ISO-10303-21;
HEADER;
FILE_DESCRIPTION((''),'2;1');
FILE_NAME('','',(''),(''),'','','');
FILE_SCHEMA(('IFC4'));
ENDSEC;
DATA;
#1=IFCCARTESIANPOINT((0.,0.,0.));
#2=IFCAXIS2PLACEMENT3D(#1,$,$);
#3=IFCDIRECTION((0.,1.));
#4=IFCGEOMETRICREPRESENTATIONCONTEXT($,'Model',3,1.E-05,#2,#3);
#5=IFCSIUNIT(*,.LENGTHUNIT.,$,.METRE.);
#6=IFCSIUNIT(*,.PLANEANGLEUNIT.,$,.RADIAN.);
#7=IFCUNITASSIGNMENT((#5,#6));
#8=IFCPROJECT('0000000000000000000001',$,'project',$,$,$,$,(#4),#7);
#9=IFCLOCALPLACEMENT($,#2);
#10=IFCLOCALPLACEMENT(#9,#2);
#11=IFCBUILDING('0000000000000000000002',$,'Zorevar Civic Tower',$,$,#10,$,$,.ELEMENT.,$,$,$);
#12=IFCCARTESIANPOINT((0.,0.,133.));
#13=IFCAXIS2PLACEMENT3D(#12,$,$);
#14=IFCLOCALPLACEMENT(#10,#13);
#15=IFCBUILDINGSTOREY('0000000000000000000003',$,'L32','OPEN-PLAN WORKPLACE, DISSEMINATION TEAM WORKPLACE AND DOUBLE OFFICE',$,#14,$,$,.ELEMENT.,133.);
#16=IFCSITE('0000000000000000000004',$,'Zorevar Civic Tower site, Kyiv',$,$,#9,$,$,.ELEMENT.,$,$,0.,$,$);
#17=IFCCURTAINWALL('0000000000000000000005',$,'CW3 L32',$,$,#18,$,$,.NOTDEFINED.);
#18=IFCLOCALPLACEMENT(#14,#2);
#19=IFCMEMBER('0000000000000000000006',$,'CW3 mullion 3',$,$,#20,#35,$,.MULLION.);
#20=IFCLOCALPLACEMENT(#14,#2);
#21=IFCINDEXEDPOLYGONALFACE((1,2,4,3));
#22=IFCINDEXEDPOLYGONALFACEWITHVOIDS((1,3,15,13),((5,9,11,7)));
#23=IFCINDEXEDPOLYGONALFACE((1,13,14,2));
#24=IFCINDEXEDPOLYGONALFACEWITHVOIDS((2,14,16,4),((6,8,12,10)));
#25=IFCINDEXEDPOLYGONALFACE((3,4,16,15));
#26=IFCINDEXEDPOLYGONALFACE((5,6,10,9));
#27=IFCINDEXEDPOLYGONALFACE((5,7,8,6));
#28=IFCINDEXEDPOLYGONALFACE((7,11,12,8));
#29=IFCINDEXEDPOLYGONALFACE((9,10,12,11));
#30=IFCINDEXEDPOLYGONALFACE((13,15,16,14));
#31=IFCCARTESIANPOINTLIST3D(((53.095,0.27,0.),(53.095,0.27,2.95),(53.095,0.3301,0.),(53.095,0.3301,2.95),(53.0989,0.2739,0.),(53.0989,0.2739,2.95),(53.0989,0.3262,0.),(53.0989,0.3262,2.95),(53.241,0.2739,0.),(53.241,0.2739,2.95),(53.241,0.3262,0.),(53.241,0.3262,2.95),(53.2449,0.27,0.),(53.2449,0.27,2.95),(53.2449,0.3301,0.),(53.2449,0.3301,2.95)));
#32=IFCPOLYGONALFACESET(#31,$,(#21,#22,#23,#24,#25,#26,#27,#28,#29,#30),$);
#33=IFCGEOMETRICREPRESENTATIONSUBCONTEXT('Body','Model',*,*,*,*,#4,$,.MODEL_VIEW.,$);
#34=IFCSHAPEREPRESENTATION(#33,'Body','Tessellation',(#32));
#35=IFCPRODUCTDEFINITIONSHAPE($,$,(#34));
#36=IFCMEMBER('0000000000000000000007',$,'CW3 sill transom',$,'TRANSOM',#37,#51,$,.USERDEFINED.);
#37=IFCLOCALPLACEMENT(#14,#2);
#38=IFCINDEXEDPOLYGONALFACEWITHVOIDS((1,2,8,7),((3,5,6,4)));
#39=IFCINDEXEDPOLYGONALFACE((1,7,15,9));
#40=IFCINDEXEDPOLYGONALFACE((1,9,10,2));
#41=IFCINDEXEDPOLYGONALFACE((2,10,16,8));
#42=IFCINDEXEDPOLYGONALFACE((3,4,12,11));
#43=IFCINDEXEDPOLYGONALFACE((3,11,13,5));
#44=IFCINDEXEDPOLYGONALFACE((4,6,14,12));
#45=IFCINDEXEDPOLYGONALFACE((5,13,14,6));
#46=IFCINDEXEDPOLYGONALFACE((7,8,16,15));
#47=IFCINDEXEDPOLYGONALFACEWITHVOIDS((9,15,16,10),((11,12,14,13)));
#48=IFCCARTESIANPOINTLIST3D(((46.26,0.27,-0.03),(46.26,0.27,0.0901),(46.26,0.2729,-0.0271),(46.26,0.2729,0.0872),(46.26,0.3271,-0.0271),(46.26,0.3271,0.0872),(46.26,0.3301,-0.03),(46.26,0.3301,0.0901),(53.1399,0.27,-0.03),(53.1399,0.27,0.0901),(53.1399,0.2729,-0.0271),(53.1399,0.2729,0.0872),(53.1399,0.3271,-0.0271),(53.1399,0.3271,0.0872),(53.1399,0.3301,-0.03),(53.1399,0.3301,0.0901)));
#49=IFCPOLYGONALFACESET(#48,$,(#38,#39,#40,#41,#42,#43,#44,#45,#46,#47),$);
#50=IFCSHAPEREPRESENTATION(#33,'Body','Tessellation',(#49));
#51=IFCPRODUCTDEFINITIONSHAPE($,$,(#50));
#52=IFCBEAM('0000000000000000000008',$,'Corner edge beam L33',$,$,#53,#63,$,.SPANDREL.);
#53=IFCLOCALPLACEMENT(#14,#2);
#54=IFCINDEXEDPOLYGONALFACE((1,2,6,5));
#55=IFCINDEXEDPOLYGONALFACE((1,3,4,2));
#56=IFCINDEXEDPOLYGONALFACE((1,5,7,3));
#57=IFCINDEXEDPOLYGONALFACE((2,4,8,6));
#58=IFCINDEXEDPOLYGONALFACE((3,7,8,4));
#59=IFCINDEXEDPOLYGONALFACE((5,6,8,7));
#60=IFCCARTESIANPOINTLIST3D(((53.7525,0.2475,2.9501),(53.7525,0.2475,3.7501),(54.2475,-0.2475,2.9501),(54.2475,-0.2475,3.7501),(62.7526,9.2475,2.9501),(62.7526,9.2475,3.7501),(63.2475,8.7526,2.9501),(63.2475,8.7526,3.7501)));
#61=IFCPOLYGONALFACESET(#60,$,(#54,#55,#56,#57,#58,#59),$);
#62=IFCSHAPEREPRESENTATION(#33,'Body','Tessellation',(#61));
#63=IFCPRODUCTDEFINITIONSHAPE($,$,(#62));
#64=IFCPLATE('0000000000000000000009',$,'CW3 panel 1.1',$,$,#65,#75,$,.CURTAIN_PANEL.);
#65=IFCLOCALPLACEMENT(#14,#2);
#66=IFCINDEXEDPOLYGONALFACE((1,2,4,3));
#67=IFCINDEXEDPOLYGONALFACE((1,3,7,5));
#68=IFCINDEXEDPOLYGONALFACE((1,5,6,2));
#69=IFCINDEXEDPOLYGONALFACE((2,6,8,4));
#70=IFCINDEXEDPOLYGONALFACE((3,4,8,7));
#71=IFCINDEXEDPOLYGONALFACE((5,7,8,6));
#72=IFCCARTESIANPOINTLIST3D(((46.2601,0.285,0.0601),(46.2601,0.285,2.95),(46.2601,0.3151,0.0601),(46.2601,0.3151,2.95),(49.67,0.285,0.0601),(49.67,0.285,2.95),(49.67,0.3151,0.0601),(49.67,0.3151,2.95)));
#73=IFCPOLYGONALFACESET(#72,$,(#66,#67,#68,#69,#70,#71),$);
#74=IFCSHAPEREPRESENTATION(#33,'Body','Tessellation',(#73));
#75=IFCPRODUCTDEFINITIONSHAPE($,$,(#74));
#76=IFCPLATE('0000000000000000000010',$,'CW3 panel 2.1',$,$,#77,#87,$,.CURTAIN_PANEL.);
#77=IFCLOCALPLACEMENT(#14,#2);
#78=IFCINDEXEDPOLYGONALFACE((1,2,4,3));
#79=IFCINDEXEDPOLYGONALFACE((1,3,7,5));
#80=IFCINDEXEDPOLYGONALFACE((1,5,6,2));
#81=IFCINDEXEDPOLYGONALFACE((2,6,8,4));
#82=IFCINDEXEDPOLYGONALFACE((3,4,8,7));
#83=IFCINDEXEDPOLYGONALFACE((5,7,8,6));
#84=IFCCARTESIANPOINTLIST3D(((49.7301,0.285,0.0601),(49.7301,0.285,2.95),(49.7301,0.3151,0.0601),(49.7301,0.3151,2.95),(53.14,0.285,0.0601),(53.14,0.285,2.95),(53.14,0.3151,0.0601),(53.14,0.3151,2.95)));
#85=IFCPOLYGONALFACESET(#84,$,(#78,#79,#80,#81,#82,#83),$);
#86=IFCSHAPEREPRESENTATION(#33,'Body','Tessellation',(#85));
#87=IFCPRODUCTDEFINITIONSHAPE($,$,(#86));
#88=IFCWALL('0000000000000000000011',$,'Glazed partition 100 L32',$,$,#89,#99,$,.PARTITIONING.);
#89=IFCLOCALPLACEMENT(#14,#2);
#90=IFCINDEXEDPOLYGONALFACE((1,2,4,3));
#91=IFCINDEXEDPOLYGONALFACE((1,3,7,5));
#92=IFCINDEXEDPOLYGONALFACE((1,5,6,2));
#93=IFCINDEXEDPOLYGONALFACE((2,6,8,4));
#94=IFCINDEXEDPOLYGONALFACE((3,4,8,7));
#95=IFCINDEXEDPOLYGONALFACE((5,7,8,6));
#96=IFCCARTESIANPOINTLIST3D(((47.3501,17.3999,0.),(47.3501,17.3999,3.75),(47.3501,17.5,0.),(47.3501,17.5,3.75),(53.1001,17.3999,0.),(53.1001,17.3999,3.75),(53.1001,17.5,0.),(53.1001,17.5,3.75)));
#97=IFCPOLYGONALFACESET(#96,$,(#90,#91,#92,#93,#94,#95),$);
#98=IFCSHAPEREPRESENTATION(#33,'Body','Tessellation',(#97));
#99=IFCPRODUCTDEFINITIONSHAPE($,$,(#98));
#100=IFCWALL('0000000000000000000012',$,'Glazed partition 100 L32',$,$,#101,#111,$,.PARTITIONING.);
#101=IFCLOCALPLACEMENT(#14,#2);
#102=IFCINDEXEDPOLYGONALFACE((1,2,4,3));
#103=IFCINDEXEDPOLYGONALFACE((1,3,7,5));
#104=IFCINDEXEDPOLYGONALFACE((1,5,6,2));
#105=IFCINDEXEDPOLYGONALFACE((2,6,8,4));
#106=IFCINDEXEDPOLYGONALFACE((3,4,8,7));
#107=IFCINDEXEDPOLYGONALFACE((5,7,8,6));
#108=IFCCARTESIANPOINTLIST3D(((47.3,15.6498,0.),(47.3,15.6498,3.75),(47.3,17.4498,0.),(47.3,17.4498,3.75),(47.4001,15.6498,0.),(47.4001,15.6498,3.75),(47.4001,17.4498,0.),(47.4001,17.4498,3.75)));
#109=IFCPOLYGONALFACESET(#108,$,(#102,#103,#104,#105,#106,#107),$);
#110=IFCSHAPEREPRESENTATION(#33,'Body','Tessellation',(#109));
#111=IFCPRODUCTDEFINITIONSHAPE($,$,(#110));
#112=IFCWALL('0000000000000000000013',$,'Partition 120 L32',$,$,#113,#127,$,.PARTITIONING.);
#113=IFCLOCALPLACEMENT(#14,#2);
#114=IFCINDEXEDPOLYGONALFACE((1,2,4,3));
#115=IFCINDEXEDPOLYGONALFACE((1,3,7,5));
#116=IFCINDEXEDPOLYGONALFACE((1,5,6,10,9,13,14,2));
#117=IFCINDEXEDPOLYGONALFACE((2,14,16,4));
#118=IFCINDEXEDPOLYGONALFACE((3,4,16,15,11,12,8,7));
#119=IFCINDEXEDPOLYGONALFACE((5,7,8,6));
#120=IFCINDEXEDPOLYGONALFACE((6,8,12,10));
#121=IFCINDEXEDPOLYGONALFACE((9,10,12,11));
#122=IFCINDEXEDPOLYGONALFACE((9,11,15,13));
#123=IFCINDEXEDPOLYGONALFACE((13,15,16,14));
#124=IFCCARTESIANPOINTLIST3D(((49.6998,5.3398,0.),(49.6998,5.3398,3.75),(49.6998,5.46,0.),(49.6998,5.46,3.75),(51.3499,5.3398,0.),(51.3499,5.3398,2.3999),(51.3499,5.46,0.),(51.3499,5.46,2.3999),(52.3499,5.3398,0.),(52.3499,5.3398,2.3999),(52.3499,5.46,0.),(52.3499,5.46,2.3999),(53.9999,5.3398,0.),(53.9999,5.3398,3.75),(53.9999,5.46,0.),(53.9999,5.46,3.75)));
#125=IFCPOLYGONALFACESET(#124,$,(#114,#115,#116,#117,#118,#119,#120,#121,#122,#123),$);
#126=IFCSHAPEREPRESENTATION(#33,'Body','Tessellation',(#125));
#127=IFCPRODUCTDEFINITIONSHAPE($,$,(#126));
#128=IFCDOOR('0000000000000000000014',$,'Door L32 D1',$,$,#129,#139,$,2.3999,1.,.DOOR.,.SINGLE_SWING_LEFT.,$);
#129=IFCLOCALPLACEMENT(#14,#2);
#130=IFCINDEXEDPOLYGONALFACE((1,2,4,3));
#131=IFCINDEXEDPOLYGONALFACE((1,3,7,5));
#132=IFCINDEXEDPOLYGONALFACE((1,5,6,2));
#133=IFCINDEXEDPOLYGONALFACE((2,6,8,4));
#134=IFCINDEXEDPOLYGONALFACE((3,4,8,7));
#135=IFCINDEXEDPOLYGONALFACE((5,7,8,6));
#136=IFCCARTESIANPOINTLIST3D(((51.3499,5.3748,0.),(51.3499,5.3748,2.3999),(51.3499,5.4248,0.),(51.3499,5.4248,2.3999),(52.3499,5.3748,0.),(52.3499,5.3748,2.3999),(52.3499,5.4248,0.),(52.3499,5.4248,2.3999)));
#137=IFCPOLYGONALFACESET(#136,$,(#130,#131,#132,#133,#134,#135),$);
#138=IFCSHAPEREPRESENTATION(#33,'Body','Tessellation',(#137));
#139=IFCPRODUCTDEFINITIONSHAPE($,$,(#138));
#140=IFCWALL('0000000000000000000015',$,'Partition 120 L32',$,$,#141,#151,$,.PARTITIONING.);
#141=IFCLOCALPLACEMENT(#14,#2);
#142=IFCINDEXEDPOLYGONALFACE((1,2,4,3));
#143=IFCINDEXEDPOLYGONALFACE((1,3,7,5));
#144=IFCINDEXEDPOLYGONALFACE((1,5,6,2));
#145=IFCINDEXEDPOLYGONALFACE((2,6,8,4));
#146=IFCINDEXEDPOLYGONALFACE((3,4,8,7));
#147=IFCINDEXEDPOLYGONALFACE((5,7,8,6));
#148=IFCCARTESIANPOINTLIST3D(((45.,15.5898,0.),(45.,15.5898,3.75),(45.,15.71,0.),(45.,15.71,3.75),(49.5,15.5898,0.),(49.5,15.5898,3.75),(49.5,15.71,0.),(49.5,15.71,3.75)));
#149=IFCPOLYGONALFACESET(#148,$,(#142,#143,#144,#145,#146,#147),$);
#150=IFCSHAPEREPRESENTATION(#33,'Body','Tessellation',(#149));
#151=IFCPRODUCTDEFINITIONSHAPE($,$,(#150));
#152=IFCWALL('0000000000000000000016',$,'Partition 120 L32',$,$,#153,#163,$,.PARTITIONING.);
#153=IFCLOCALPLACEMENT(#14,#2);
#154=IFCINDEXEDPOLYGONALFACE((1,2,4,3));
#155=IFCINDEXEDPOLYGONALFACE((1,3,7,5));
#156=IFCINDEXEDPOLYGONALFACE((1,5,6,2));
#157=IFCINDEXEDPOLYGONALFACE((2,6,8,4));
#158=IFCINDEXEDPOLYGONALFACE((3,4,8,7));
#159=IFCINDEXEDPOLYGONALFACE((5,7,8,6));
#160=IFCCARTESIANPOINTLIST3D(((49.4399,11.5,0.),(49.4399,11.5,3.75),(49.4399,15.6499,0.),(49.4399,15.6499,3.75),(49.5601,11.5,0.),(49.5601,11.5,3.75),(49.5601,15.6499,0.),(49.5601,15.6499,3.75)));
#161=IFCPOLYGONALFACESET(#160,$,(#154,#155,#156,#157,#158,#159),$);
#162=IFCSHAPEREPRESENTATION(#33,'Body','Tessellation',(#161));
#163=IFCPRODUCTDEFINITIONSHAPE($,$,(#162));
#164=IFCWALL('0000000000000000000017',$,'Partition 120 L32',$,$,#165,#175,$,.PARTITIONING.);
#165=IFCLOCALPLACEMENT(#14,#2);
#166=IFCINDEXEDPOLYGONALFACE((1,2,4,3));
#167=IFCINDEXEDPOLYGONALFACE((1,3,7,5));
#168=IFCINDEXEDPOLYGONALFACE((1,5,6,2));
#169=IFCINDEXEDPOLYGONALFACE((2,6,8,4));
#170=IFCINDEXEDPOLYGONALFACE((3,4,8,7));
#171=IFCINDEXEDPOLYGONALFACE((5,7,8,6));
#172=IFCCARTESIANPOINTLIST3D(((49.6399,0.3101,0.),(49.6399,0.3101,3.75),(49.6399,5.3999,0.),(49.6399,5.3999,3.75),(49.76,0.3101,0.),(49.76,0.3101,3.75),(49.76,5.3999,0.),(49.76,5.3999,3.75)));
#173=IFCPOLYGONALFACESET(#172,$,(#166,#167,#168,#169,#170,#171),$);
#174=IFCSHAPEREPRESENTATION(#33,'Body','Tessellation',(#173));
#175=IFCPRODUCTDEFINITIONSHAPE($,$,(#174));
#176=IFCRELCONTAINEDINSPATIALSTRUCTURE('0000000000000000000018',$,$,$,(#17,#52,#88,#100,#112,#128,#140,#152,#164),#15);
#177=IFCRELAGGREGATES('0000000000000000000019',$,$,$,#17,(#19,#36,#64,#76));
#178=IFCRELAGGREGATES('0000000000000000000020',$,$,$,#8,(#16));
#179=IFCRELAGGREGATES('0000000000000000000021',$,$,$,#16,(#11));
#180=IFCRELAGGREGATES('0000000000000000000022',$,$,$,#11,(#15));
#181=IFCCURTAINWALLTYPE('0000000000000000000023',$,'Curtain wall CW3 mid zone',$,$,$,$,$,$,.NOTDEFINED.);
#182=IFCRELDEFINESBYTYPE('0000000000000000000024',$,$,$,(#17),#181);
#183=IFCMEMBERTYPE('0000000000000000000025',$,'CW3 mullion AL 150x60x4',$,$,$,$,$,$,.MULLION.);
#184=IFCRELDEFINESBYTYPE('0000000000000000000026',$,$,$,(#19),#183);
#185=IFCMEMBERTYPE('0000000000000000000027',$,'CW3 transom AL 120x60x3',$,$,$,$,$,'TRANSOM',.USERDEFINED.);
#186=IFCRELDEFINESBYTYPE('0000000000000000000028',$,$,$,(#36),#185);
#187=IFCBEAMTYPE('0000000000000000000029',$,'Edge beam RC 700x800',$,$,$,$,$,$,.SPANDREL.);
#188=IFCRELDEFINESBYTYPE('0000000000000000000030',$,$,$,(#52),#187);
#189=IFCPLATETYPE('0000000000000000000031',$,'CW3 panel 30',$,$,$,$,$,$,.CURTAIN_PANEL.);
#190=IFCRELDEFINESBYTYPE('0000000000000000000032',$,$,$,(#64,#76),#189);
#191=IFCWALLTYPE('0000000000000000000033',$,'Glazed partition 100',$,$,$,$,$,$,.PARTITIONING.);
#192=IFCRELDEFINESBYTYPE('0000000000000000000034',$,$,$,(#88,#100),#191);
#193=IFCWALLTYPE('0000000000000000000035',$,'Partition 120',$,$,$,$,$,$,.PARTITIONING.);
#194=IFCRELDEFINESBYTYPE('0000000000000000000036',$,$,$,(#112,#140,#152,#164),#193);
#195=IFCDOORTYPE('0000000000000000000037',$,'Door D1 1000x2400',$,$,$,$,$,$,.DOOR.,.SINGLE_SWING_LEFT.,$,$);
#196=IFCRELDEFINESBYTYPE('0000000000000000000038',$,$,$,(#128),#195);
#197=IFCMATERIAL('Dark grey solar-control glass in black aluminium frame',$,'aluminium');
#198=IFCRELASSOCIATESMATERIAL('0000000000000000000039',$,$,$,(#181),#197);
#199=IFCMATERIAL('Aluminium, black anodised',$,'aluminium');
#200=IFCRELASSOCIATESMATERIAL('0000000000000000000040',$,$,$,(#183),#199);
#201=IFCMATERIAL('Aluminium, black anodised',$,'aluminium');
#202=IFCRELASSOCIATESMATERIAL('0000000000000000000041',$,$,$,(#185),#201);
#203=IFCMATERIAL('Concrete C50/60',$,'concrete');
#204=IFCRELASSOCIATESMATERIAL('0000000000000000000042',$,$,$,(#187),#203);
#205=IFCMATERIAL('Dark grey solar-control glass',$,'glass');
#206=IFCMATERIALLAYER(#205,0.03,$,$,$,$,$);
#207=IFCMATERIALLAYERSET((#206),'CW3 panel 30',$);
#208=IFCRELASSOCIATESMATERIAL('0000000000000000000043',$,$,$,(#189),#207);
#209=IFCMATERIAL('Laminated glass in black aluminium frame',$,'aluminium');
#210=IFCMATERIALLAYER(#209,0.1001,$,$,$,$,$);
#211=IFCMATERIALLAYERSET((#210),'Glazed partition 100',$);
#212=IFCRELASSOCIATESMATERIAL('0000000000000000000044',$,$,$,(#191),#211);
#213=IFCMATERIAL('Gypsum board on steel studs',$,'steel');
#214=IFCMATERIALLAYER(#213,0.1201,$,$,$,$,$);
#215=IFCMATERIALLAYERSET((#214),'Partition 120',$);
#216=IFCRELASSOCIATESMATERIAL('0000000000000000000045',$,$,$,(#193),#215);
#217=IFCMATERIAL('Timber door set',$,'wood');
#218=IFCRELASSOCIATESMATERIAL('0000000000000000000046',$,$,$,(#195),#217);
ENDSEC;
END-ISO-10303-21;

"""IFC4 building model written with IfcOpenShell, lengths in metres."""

from ifc_helpers import new_model, si_unit, direction, frame, frame_2d, origin, origin_2d, place, context, subcontext, project, spatial, rectangle, hollow_rectangle, extrude, material, layer, layer_set, material_profile, profile_set, type_object, element, fill, aggregate, save


model = new_model("IFC4")

# Units and contexts
model_context = context("Model", 3, precision=1e-05, world=origin(), true_north=direction((0.0, 1.0)))
body_context = subcontext(model_context, "Body", "Model", "MODEL_VIEW")
ifc_project = project(units=[si_unit("LENGTHUNIT", "METRE"), si_unit("PLANEANGLEUNIT", "RADIAN")], contexts=[model_context])

# Site, building, storey
site_placement = place(None, origin())
site = spatial("IfcSite", under=ifc_project, at=site_placement, Name="Zorevar Civic Tower site, Kyiv", CompositionType="ELEMENT", RefElevation=0.0)
building_placement = place(site_placement, origin())
building = spatial("IfcBuilding", under=site, at=building_placement, Name="Zorevar Civic Tower", CompositionType="ELEMENT")
storey_placement = place(building_placement, frame((0.0, 0.0, 133.0)))
storey = spatial("IfcBuildingStorey", under=building, at=storey_placement, Name="L32", Description="OPEN-PLAN WORKPLACE, DISSEMINATION TEAM WORKPLACE AND DOUBLE OFFICE", CompositionType="ELEMENT", Elevation=133.0)

# Curtain wall, members
ifc_material_1 = material(Name="Dark grey solar-control glass in black aluminium frame", Category="aluminium")
curtain_wall_type = type_object("IfcCurtainWallType", Name="Curtain wall CW3 mid zone", PredefinedType="NOTDEFINED", material=ifc_material_1)
curtain_wall_placement = place(storey_placement, origin())
curtain_wall = element("IfcCurtainWall", 1, at=curtain_wall_placement, inside=storey, type_object=curtain_wall_type, Name="CW3 L32", PredefinedType="NOTDEFINED")
ifc_material_2 = material(Name="Aluminium, black anodised", Category="aluminium")
ifc_material_profile_1 = material_profile(ifc_material_2, hollow_rectangle(XDim=0.0601, YDim=0.1499, WallThickness=0.0039, at=origin_2d()), Name="AL 150x60x4")
ifc_profile_set_1 = profile_set([ifc_material_profile_1], Name="Aluminium, black anodised")
member_type_1 = type_object("IfcMemberType", Name="CW3 mullion AL 150x60x4", PredefinedType="MULLION", material=ifc_profile_set_1)
member_1_placement = place(storey_placement, frame((53.1699, 0.3, 0.0), z_axis=(0.0, 0.0, 1.0), x_axis=(0.0, 1.0, 0.0)))
member_1 = element("IfcMember", 2, at=member_1_placement, type_object=member_type_1, Name="CW3 mullion 3", PredefinedType="MULLION", context=body_context, shape_type="SweptSolid", body=[
    extrude(hollow_rectangle(XDim=0.0601, YDim=0.1499, WallThickness=0.0039, at=origin_2d()), origin(), (0.0, 0.0, 1.0), 2.95),
])
ifc_material_3 = material(Name="Aluminium, black anodised", Category="aluminium")
ifc_material_profile_2 = material_profile(ifc_material_3, hollow_rectangle(XDim=0.0601, YDim=0.1201, WallThickness=0.0029, at=origin_2d()), Name="AL 120x60x3")
ifc_profile_set_2 = profile_set([ifc_material_profile_2], Name="Aluminium, black anodised")
member_type_2 = type_object("IfcMemberType", Name="CW3 transom AL 120x60x3", ElementType="TRANSOM", PredefinedType="USERDEFINED", material=ifc_profile_set_2)
member_2_placement = place(storey_placement, frame((46.26, 0.3, 0.03), z_axis=(1.0, 0.0, 0.0), x_axis=(0.0, 1.0, 0.0)))
member_2 = element("IfcMember", 3, at=member_2_placement, type_object=member_type_2, Name="CW3 sill transom", ObjectType="TRANSOM", PredefinedType="USERDEFINED", context=body_context, shape_type="SweptSolid", body=[
    extrude(hollow_rectangle(XDim=0.0601, YDim=0.1201, WallThickness=0.0029, at=origin_2d()), origin(), (0.0, 0.0, 1.0), 6.8799),
])

# Beam
ifc_material_4 = material(Name="Concrete C50/60", Category="concrete")
ifc_material_profile_3 = material_profile(ifc_material_4, rectangle(XDim=0.7, YDim=0.8, at=origin_2d()), Name="RC 700x800")
ifc_profile_set_3 = profile_set([ifc_material_profile_3], Name="Concrete C50/60")
beam_type_1 = type_object("IfcBeamType", Name="Edge beam RC 700x800", PredefinedType="SPANDREL", material=ifc_profile_set_3)
beam_1_placement = place(storey_placement, frame((54.0, 0.0, 3.3501), z_axis=(0.707107, 0.707107, 0.0), x_axis=(-0.707107, 0.707107, 0.0)))
element("IfcBeam", 4, at=beam_1_placement, inside=storey, type_object=beam_type_1, Name="Corner edge beam L33", PredefinedType="SPANDREL", context=body_context, shape_type="SweptSolid", body=[
    extrude(rectangle(XDim=0.7, YDim=0.8, at=origin_2d()), origin(), (0.0, 0.0, 1.0), 12.728),
])

# Plates
ifc_material_5 = material(Name="Dark grey solar-control glass", Category="glass")
ifc_layer_1 = layer(ifc_material_5, 0.03)
ifc_layer_set_1 = layer_set([ifc_layer_1], Name="CW3 panel 30")
plate_type = type_object("IfcPlateType", Name="CW3 panel 30", PredefinedType="CURTAIN_PANEL", material=ifc_layer_set_1)
plate_1_placement = place(storey_placement, frame((47.9651, 0.3, 0.0601), z_axis=(0.0, 0.0, 1.0), x_axis=(1.0, 0.0, 0.0)))
plate_1 = element("IfcPlate", 5, at=plate_1_placement, type_object=plate_type, Name="CW3 panel 1.1", PredefinedType="CURTAIN_PANEL", context=body_context, shape_type="SweptSolid", body=[
    extrude(rectangle(XDim=3.4099, YDim=0.03, at=origin_2d()), origin(), (0.0, 0.0, 1.0), 2.8899),
])
plate_2_placement = place(storey_placement, frame((51.4351, 0.3, 0.0601), z_axis=(0.0, 0.0, 1.0), x_axis=(1.0, 0.0, 0.0)))
plate_2 = element("IfcPlate", 6, at=plate_2_placement, type_object=plate_type, Name="CW3 panel 2.1", PredefinedType="CURTAIN_PANEL", context=body_context, shape_type="SweptSolid", body=[
    extrude(rectangle(XDim=3.4099, YDim=0.03, at=origin_2d()), origin(), (0.0, 0.0, 1.0), 2.8899),
])
aggregate(curtain_wall, [member_1, member_2, plate_1, plate_2])

# Walls
ifc_material_6 = material(Name="Laminated glass in black aluminium frame", Category="aluminium")
ifc_layer_2 = layer(ifc_material_6, 0.1001)
ifc_layer_set_2 = layer_set([ifc_layer_2], Name="Glazed partition 100")
wall_type_1 = type_object("IfcWallType", Name="Glazed partition 100", PredefinedType="PARTITIONING", material=ifc_layer_set_2)
wall_1_placement = place(storey_placement, frame((47.3501, 17.45, 0.0), z_axis=(0.0, 0.0, 1.0), x_axis=(1.0, 0.0, 0.0)))
element("IfcWall", 7, at=wall_1_placement, inside=storey, type_object=wall_type_1, Name="Glazed partition 100 L32", PredefinedType="PARTITIONING", context=body_context, shape_type="SweptSolid", body=[
    extrude(rectangle(XDim=5.75, YDim=0.1001, at=frame_2d((2.875, 0.0))), origin(), (0.0, 0.0, 1.0), 3.75),
])
wall_2_placement = place(storey_placement, frame((47.3501, 15.6499, 0.0), z_axis=(0.0, 0.0, 1.0), x_axis=(0.0, 1.0, 0.0)))
element("IfcWall", 8, at=wall_2_placement, inside=storey, type_object=wall_type_1, Name="Glazed partition 100 L32", PredefinedType="PARTITIONING", context=body_context, shape_type="SweptSolid", body=[
    extrude(rectangle(XDim=1.8, YDim=0.1001, at=frame_2d((0.8999, 0.0))), origin(), (0.0, 0.0, 1.0), 3.75),
])

# Wall, opening, door
ifc_material_7 = material(Name="Gypsum board on steel studs", Category="steel")
ifc_layer_3 = layer(ifc_material_7, 0.1201)
ifc_layer_set_3 = layer_set([ifc_layer_3], Name="Partition 120")
wall_type_2 = type_object("IfcWallType", Name="Partition 120", PredefinedType="PARTITIONING", material=ifc_layer_set_3)
wall_3_placement = place(storey_placement, frame((49.7, 5.3999, 0.0), z_axis=(0.0, 0.0, 1.0), x_axis=(1.0, 0.0, 0.0)))
wall_3 = element("IfcWall", 9, at=wall_3_placement, inside=storey, type_object=wall_type_2, Name="Partition 120 L32", PredefinedType="PARTITIONING", context=body_context, shape_type="SweptSolid", body=[
    extrude(rectangle(XDim=4.3, YDim=0.1201, at=frame_2d((2.1499, 0.0))), origin(), (0.0, 0.0, 1.0), 3.75),
])
opening_placement = place(wall_3_placement, frame((1.6499, 0.0, 0.0)))
opening = element("IfcOpeningElement", 10, at=opening_placement, cuts=wall_3, PredefinedType="OPENING", context=body_context, shape_type="SweptSolid", body=[
    extrude(rectangle(XDim=1.0, YDim=2.3999, at=frame_2d((0.5, 1.2))), frame((0.0, 0.0701, 0.0), z_axis=(0.0, -1.0, 0.0), x_axis=(1.0, 0.0, 0.0)), (0.0, 0.0, 1.0), 0.1401),
])
ifc_material_8 = material(Name="Timber door set", Category="wood")
door_type = type_object("IfcDoorType", Name="Door D1 1000x2400", OperationType="SINGLE_SWING_LEFT", PredefinedType="DOOR", material=ifc_material_8)
door_placement = place(opening_placement, origin())
door = element("IfcDoor", 11, at=door_placement, inside=storey, type_object=door_type, Name="Door L32 D1", OperationType="SINGLE_SWING_LEFT", OverallHeight=2.3999, OverallWidth=1.0, PredefinedType="DOOR", context=body_context, shape_type="SweptSolid", body=[
    extrude(rectangle(XDim=1.0, YDim=2.3999, at=frame_2d((0.5, 1.2))), frame((0.0, 0.0249, 0.0), z_axis=(0.0, -1.0, 0.0), x_axis=(1.0, 0.0, 0.0)), (0.0, 0.0, 1.0), 0.05),
])
fill(opening, door)

# Walls
wall_4_placement = place(storey_placement, frame((45.0, 15.6499, 0.0), z_axis=(0.0, 0.0, 1.0), x_axis=(1.0, 0.0, 0.0)))
element("IfcWall", 12, at=wall_4_placement, inside=storey, type_object=wall_type_2, Name="Partition 120 L32", PredefinedType="PARTITIONING", context=body_context, shape_type="SweptSolid", body=[
    extrude(rectangle(XDim=4.5, YDim=0.1201, at=frame_2d((2.25, 0.0))), origin(), (0.0, 0.0, 1.0), 3.75),
])
wall_5_placement = place(storey_placement, frame((49.5, 11.5, 0.0), z_axis=(0.0, 0.0, 1.0), x_axis=(0.0, 1.0, 0.0)))
element("IfcWall", 13, at=wall_5_placement, inside=storey, type_object=wall_type_2, Name="Partition 120 L32", PredefinedType="PARTITIONING", context=body_context, shape_type="SweptSolid", body=[
    extrude(rectangle(XDim=4.1499, YDim=0.1201, at=frame_2d((2.075, 0.0))), origin(), (0.0, 0.0, 1.0), 3.75),
])
wall_6_placement = place(storey_placement, frame((49.7, 0.3101, 0.0), z_axis=(0.0, 0.0, 1.0), x_axis=(0.0, 1.0, 0.0)))
element("IfcWall", 14, at=wall_6_placement, inside=storey, type_object=wall_type_2, Name="Partition 120 L32", PredefinedType="PARTITIONING", context=body_context, shape_type="SweptSolid", body=[
    extrude(rectangle(XDim=5.0898, YDim=0.1201, at=frame_2d((2.5449, 0.0))), origin(), (0.0, 0.0, 1.0), 3.75),
])

save(model, "model.ifc")
